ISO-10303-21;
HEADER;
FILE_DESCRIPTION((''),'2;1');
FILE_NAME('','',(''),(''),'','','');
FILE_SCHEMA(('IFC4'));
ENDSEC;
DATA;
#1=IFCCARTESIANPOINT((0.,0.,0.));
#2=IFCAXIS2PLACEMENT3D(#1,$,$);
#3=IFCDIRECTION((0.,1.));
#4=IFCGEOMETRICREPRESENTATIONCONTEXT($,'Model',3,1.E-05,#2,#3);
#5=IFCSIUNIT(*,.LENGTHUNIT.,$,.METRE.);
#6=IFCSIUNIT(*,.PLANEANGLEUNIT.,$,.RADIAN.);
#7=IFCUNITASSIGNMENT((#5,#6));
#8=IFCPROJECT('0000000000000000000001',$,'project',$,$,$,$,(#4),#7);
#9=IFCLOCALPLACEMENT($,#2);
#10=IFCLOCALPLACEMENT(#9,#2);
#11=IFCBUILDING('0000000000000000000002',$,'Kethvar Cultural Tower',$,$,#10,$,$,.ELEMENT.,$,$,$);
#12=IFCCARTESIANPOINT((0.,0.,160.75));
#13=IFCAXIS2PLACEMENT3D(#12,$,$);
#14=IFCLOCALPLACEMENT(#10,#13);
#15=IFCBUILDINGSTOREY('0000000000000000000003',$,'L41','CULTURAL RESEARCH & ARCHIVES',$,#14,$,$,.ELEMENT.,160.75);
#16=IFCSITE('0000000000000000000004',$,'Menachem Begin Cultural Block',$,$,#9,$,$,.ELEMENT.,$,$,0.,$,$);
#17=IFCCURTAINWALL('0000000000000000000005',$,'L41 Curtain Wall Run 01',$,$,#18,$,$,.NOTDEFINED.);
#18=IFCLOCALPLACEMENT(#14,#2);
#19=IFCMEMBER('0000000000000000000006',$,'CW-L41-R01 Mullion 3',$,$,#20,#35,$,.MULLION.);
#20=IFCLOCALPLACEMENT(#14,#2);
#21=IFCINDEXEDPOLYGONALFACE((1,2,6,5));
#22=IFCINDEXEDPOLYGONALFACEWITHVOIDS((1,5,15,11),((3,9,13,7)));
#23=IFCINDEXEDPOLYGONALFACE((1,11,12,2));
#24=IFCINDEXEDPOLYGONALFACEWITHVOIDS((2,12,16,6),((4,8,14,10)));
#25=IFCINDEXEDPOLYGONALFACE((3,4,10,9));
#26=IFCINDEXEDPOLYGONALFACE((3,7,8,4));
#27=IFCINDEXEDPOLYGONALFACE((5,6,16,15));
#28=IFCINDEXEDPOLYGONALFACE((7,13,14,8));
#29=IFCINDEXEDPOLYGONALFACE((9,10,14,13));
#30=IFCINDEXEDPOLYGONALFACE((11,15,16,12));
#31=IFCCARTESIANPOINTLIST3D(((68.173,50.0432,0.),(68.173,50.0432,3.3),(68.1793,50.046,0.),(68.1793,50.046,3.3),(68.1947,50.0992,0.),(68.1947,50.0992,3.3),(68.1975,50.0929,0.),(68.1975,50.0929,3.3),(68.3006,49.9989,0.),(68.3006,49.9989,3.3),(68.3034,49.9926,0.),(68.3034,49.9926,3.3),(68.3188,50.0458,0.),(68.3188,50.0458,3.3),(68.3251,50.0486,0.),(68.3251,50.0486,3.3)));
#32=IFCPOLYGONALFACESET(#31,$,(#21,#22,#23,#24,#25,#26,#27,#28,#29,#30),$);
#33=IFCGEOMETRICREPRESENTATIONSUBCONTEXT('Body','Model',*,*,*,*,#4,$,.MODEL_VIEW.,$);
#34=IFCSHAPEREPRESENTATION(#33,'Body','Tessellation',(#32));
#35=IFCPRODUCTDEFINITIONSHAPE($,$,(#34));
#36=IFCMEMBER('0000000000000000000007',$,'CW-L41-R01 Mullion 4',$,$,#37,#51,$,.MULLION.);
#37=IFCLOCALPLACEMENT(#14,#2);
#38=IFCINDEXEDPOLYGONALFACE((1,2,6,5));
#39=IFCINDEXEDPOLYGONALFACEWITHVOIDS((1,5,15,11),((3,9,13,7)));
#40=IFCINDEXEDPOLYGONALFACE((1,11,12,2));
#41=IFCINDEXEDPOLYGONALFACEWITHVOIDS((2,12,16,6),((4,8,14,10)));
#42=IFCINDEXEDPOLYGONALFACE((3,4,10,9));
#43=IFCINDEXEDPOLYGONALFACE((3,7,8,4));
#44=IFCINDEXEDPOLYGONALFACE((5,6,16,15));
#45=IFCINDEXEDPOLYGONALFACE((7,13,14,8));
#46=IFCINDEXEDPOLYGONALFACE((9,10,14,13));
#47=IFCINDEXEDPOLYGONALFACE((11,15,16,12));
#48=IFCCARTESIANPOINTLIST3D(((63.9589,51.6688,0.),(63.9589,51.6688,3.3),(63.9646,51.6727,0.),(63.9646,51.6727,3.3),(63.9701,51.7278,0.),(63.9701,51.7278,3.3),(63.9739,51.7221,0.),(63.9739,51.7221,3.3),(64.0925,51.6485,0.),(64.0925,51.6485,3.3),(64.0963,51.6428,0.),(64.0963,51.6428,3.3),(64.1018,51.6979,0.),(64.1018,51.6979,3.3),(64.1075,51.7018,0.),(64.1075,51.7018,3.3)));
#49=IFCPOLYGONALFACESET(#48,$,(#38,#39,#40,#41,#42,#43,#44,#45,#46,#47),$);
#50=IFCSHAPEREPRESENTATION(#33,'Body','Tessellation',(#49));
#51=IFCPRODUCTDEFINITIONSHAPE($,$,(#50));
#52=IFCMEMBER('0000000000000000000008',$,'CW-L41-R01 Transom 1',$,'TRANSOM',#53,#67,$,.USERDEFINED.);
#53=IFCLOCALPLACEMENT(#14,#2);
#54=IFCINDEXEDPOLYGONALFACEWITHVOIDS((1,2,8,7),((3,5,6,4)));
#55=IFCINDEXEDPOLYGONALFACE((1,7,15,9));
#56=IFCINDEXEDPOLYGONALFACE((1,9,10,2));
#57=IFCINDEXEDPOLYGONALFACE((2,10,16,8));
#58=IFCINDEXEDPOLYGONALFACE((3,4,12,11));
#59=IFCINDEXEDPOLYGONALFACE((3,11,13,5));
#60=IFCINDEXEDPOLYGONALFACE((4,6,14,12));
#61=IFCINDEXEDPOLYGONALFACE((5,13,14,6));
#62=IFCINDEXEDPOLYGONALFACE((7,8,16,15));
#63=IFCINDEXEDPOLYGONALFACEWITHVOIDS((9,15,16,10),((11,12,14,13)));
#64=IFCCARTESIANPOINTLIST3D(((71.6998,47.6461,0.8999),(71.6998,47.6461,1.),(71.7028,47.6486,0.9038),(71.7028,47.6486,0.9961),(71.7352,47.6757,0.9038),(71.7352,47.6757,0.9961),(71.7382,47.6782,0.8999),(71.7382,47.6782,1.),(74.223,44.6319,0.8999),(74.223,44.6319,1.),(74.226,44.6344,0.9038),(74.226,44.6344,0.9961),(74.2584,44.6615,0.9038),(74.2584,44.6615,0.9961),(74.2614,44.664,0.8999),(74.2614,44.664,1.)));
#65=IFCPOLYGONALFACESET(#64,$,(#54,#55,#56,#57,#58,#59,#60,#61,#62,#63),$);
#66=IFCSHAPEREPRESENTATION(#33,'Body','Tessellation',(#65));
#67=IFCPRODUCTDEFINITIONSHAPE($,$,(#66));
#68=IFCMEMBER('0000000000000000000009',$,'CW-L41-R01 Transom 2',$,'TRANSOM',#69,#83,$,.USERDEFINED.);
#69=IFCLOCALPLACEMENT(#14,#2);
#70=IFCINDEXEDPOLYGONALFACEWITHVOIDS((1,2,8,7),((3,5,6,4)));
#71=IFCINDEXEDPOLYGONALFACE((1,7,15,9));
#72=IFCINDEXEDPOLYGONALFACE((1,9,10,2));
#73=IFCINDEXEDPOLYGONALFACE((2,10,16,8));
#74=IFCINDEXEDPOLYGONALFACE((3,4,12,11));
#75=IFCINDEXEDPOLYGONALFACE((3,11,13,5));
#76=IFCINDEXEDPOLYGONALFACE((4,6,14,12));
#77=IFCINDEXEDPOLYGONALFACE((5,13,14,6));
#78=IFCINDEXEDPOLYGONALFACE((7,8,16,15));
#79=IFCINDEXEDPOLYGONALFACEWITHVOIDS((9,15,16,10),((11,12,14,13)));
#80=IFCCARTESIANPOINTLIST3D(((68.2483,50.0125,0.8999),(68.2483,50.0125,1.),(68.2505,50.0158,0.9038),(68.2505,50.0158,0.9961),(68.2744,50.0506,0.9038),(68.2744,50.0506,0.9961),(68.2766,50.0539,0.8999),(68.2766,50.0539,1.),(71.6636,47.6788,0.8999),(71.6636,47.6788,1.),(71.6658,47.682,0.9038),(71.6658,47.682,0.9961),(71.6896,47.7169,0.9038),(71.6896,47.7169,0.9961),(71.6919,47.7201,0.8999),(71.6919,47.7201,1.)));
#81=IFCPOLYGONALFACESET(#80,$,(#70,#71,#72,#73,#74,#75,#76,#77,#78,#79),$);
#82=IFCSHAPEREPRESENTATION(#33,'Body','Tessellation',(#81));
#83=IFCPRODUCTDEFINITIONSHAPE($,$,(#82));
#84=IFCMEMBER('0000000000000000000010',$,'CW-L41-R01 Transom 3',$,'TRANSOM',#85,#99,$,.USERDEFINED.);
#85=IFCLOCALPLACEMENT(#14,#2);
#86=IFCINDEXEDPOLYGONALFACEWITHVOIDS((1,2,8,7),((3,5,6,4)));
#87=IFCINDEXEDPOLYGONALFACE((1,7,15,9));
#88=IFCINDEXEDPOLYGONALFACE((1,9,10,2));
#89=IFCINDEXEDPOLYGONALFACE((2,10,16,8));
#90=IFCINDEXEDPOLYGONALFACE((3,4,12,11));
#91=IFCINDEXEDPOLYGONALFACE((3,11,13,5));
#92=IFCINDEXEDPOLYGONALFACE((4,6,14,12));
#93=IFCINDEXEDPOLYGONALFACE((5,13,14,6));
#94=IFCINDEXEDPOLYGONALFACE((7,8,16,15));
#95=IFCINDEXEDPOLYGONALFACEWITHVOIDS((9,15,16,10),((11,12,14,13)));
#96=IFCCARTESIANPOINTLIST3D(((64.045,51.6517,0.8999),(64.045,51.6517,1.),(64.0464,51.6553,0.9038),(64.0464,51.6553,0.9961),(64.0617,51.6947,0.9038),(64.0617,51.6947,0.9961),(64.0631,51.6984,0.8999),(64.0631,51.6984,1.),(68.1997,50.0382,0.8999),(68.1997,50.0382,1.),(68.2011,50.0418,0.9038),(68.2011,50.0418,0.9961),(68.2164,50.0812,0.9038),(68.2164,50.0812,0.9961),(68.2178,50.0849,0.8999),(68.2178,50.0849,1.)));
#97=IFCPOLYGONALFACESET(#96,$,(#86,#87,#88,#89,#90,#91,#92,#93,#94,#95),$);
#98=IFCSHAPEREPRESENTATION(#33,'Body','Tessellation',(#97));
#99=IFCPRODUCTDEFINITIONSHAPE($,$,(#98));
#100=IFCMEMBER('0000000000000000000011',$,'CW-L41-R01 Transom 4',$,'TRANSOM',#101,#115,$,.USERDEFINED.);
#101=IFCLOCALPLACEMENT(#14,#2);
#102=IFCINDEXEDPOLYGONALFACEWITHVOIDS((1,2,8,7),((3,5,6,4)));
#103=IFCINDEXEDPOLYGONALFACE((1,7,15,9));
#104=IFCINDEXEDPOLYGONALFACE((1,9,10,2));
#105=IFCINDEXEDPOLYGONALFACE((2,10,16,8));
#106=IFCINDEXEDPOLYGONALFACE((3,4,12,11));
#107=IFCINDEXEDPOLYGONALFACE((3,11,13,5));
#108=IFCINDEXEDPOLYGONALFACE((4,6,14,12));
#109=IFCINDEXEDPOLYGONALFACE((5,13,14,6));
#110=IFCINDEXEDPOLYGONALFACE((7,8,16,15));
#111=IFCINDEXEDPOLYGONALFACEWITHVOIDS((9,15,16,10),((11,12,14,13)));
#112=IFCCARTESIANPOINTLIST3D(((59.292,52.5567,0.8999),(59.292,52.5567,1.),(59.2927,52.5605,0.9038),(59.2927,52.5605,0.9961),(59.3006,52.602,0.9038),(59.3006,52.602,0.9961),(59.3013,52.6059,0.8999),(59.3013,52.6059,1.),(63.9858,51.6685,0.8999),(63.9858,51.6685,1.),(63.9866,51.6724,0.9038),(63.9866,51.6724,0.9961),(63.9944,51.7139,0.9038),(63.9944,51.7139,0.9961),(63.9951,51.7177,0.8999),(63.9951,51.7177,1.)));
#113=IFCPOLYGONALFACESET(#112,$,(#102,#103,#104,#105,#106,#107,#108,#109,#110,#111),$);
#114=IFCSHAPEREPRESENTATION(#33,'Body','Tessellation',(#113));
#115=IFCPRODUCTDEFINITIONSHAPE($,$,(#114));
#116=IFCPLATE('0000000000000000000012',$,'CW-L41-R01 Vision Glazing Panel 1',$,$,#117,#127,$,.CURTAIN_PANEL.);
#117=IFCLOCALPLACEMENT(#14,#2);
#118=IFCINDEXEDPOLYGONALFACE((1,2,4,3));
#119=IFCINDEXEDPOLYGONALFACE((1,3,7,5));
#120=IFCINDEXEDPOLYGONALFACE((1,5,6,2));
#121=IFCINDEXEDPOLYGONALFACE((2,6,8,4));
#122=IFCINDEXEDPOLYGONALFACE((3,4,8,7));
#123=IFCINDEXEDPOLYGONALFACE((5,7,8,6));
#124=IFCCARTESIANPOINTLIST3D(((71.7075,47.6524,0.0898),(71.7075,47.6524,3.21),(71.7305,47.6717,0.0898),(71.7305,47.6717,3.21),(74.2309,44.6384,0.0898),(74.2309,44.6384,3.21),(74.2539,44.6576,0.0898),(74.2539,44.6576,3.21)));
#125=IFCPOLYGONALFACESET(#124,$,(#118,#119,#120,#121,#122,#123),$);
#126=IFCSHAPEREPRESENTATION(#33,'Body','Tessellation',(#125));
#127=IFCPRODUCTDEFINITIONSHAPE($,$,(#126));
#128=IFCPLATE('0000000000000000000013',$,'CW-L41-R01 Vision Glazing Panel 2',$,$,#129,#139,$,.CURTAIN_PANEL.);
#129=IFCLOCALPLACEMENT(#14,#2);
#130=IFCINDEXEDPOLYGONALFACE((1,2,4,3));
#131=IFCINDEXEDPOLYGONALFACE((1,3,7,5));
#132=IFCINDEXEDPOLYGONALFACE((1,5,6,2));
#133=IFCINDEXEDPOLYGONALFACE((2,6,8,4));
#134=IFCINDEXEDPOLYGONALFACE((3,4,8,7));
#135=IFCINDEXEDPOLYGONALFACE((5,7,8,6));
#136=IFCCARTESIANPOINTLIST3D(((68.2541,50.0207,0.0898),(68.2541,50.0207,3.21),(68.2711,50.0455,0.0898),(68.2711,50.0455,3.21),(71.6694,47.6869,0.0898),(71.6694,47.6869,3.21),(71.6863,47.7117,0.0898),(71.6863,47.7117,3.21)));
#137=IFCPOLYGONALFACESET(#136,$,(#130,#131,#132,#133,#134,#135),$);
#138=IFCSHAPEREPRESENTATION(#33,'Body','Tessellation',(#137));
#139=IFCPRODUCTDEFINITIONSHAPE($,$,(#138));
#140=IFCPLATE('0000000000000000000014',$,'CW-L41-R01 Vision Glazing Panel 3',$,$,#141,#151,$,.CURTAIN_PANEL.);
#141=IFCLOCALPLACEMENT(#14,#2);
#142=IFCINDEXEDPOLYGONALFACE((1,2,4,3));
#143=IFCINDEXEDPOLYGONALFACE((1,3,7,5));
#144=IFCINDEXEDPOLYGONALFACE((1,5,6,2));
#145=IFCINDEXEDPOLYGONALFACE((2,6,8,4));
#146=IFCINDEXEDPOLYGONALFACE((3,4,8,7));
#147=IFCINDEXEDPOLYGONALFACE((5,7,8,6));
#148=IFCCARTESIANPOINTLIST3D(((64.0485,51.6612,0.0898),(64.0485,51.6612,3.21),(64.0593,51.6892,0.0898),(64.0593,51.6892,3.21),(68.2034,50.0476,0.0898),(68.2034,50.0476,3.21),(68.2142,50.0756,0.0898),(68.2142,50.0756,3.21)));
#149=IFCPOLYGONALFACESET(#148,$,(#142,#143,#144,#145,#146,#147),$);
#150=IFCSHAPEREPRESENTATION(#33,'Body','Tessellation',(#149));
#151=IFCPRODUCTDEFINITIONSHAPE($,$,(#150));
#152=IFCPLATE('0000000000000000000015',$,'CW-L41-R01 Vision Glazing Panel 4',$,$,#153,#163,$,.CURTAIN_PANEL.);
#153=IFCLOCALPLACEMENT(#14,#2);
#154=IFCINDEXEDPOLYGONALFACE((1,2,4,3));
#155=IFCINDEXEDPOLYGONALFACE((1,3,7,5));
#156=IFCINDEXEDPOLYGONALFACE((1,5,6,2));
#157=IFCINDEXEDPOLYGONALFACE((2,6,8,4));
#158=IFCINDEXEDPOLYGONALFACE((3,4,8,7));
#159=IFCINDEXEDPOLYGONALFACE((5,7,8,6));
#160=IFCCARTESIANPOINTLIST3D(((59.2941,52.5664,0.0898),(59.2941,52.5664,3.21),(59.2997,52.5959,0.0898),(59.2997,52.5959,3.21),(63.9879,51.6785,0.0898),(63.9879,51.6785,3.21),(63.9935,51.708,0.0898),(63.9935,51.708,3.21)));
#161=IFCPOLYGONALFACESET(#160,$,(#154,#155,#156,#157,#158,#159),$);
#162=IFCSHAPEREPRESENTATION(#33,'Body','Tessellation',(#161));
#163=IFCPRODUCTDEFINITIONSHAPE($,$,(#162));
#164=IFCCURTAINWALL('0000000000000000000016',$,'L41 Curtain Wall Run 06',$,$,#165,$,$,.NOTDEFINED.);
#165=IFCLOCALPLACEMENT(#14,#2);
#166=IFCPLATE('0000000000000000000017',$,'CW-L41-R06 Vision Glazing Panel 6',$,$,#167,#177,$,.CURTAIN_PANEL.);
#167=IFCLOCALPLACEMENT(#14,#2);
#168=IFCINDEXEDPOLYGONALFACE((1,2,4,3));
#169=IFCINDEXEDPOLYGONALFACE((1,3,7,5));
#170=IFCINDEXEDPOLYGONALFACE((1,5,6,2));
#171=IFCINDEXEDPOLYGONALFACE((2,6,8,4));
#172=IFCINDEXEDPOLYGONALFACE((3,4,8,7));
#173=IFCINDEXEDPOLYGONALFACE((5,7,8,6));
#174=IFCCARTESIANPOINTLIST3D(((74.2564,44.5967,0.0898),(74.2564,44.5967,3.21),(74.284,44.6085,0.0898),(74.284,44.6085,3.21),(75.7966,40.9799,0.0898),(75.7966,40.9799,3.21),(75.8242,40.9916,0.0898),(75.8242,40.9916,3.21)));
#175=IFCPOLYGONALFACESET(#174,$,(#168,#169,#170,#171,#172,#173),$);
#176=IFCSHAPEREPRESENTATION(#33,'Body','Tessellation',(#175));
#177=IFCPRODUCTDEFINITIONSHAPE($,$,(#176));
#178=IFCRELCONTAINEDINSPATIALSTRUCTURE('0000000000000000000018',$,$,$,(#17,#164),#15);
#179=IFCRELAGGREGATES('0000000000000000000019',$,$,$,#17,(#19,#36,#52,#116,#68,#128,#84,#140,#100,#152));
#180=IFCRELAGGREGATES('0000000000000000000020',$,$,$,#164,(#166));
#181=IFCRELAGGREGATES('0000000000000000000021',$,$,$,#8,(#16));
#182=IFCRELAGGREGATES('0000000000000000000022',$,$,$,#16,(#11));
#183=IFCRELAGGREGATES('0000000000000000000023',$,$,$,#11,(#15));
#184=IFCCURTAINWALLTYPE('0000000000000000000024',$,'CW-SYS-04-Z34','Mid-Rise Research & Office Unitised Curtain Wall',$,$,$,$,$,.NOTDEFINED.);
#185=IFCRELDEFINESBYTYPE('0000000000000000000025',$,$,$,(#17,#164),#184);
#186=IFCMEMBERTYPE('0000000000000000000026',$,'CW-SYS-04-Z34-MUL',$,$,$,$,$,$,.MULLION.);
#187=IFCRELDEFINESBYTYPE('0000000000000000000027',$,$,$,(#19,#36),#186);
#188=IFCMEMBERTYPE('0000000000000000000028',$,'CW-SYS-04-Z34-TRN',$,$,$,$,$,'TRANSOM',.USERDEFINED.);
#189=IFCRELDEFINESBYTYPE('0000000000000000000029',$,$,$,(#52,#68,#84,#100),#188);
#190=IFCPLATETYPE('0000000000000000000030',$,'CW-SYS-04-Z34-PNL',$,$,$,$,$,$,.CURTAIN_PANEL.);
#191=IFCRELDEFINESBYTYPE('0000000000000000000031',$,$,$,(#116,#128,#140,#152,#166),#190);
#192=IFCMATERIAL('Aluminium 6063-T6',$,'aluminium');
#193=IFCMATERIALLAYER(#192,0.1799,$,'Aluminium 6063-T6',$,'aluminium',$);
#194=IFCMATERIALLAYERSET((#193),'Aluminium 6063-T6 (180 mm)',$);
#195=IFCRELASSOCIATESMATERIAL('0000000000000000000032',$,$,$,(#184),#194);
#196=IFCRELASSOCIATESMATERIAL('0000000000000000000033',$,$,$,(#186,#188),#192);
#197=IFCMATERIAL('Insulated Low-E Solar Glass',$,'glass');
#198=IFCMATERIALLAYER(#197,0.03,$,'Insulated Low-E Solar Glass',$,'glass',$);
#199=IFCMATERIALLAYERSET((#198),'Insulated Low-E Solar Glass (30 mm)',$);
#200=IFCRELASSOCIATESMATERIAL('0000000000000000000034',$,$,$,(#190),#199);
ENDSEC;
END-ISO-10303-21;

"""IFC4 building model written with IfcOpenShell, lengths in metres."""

from ifc_helpers import new_model, si_unit, direction, frame, origin, origin_2d, place, context, subcontext, project, spatial, rectangle, hollow_rectangle, extrude, source, transform, mapped, material, layer, layer_set, material_profile, profile_set, type_object, element, aggregate, save


model = new_model("IFC4")

# Units and contexts
model_context = context("Model", 3, precision=1e-05, world=origin(), true_north=direction((0.0, 1.0)))
body_context = subcontext(model_context, "Body", "Model", "MODEL_VIEW")
ifc_project = project(units=[si_unit("LENGTHUNIT", "METRE"), si_unit("PLANEANGLEUNIT", "RADIAN")], contexts=[model_context])

# Site, building, storey
site_placement = place(None, origin())
site = spatial("IfcSite", under=ifc_project, at=site_placement, Name="Menachem Begin Cultural Block", CompositionType="ELEMENT", RefElevation=0.0)
building_placement = place(site_placement, origin())
building = spatial("IfcBuilding", under=site, at=building_placement, Name="Kethvar Cultural Tower", CompositionType="ELEMENT")
storey_placement = place(building_placement, frame((0.0, 0.0, 160.75)))
storey = spatial("IfcBuildingStorey", under=building, at=storey_placement, Name="L41", Description="CULTURAL RESEARCH & ARCHIVES", CompositionType="ELEMENT", Elevation=160.75)

# Curtain wall, members, plates
ifc_material_1 = material(Name="Aluminium 6063-T6", Category="aluminium")
ifc_layer_1 = layer(ifc_material_1, 0.1799, Name="Aluminium 6063-T6", Category="aluminium")
ifc_layer_set_1 = layer_set([ifc_layer_1], Name="Aluminium 6063-T6 (180 mm)")
curtain_wall_type = type_object("IfcCurtainWallType", Name="CW-SYS-04-Z34", Description="Mid-Rise Research & Office Unitised Curtain Wall", PredefinedType="NOTDEFINED", material=ifc_layer_set_1)
curtain_wall_1_placement = place(storey_placement, origin())
curtain_wall_1 = element("IfcCurtainWall", 1, at=curtain_wall_1_placement, inside=storey, type_object=curtain_wall_type, Name="L41 Curtain Wall Run 01", PredefinedType="NOTDEFINED")
ifc_material_profile_1 = material_profile(ifc_material_1, hollow_rectangle(XDim=0.0601, YDim=0.1399, WallThickness=0.0049, at=origin_2d()), Name="Aluminium 6063-T6 — RHS140x60x5")
ifc_profile_set_1 = profile_set([ifc_material_profile_1], Name="Aluminium 6063-T6 — RHS140x60x5")
member_type_1 = type_object("IfcMemberType", Name="CW-SYS-04-Z34-MUL", PredefinedType="MULLION", material=ifc_profile_set_1)
shared_shape_1 = source(origin(), body_context, "Body", "SweptSolid", [
    extrude(hollow_rectangle(XDim=0.0601, YDim=0.1399, WallThickness=0.0049, at=origin_2d()), origin(), (0.0, 0.0, 1.0), 3.3),
])
member_1_placement = place(storey_placement, frame((68.249, 50.0459, 0.0), z_axis=(0.0, 0.0, 1.0), x_axis=(-0.362031, -0.932166, 0.0)))
member_1 = element("IfcMember", 2, at=member_1_placement, type_object=member_type_1, Name="CW-L41-R01 Mullion 3", PredefinedType="MULLION", context=body_context, shape_type="MappedRepresentation", body=[
    mapped(shared_shape_1, transform((0.0, 0.0, 0.0), scale=1.0)),
])
member_2_placement = place(storey_placement, frame((64.0332, 51.6853, 0.0), z_axis=(0.0, 0.0, 1.0), x_axis=(-0.185872, -0.982574, 0.0)))
member_2 = element("IfcMember", 3, at=member_2_placement, type_object=member_type_1, Name="CW-L41-R01 Mullion 4", PredefinedType="MULLION", context=body_context, shape_type="MappedRepresentation", body=[
    mapped(shared_shape_1, transform((0.0, 0.0, 0.0), scale=1.0)),
])
ifc_material_profile_2 = material_profile(ifc_material_1, hollow_rectangle(XDim=0.05, YDim=0.1001, WallThickness=0.0039, at=origin_2d()), Name="Aluminium 6063-T6 — RHS100x50x4")
ifc_profile_set_2 = profile_set([ifc_material_profile_2], Name="Aluminium 6063-T6 — RHS100x50x4")
member_type_2 = type_object("IfcMemberType", Name="CW-SYS-04-Z34-TRN", ElementType="TRANSOM", PredefinedType="USERDEFINED", material=ifc_profile_set_2)
shared_shape_2 = source(origin(), body_context, "Body", "SweptSolid", [
    extrude(hollow_rectangle(XDim=0.05, YDim=0.1001, WallThickness=0.0039, at=origin_2d()), origin(), (0.0, 0.0, 1.0), 3.9309),
])
member_3_placement = place(storey_placement, frame((74.2422, 44.6479, 0.95), z_axis=(-0.641893, 0.766794, 0.0), x_axis=(-0.766794, -0.641893, 0.0)))
member_3 = element("IfcMember", 4, at=member_3_placement, type_object=member_type_2, Name="CW-L41-R01 Transom 1", ObjectType="TRANSOM", PredefinedType="USERDEFINED", context=body_context, shape_type="MappedRepresentation", body=[
    mapped(shared_shape_2, transform((0.0, 0.0, 0.0), scale=1.0)),
])
shared_shape_3 = source(origin(), body_context, "Body", "SweptSolid", [
    extrude(hollow_rectangle(XDim=0.05, YDim=0.1001, WallThickness=0.0039, at=origin_2d()), origin(), (0.0, 0.0, 1.0), 4.1365),
])
member_4_placement = place(storey_placement, frame((71.6777, 47.6995, 0.95), z_axis=(-0.825649, 0.564184, 0.0), x_axis=(-0.564184, -0.825649, 0.0)))
member_4 = element("IfcMember", 5, at=member_4_placement, type_object=member_type_2, Name="CW-L41-R01 Transom 2", ObjectType="TRANSOM", PredefinedType="USERDEFINED", context=body_context, shape_type="MappedRepresentation", body=[
    mapped(shared_shape_3, transform((0.0, 0.0, 0.0), scale=1.0)),
])
shared_shape_4 = source(origin(), body_context, "Body", "SweptSolid", [
    extrude(hollow_rectangle(XDim=0.05, YDim=0.1001, WallThickness=0.0039, at=origin_2d()), origin(), (0.0, 0.0, 1.0), 4.457),
])
member_5_placement = place(storey_placement, frame((68.2087, 50.0615, 0.95), z_axis=(-0.932173, 0.362013, 0.0), x_axis=(-0.362013, -0.932173, 0.0)))
member_5 = element("IfcMember", 6, at=member_5_placement, type_object=member_type_2, Name="CW-L41-R01 Transom 3", ObjectType="TRANSOM", PredefinedType="USERDEFINED", context=body_context, shape_type="MappedRepresentation", body=[
    mapped(shared_shape_4, transform((0.0, 0.0, 0.0), scale=1.0)),
])
shared_shape_5 = source(origin(), body_context, "Body", "SweptSolid", [
    extrude(hollow_rectangle(XDim=0.05, YDim=0.1001, WallThickness=0.0039, at=origin_2d()), origin(), (0.0, 0.0, 1.0), 4.7771),
])
member_6_placement = place(storey_placement, frame((63.9905, 51.6931, 0.95), z_axis=(-0.982564, 0.185924, 0.0), x_axis=(-0.185924, -0.982564, 0.0)))
member_6 = element("IfcMember", 7, at=member_6_placement, type_object=member_type_2, Name="CW-L41-R01 Transom 4", ObjectType="TRANSOM", PredefinedType="USERDEFINED", context=body_context, shape_type="MappedRepresentation", body=[
    mapped(shared_shape_5, transform((0.0, 0.0, 0.0), scale=1.0)),
])
ifc_material_2 = material(Name="Insulated Low-E Solar Glass", Category="glass")
ifc_layer_2 = layer(ifc_material_2, 0.03, Name="Insulated Low-E Solar Glass", Category="glass")
ifc_layer_set_2 = layer_set([ifc_layer_2], Name="Insulated Low-E Solar Glass (30 mm)")
plate_type = type_object("IfcPlateType", Name="CW-SYS-04-Z34-PNL", PredefinedType="CURTAIN_PANEL", material=ifc_layer_set_2)
shared_shape_6 = source(origin(), body_context, "Body", "SweptSolid", [
    extrude(rectangle(XDim=3.9309, YDim=0.03, at=origin_2d()), origin(), (0.0, 0.0, 1.0), 3.1201),
])
plate_1_placement = place(storey_placement, frame((72.9807, 46.155, 0.0898), z_axis=(0.0, 0.0, 1.0), x_axis=(-0.641932, 0.766762, 0.0)))
plate_1 = element("IfcPlate", 8, at=plate_1_placement, type_object=plate_type, Name="CW-L41-R01 Vision Glazing Panel 1", PredefinedType="CURTAIN_PANEL", context=body_context, shape_type="MappedRepresentation", body=[
    mapped(shared_shape_6, transform((0.0, 0.0, 0.0), scale=1.0)),
])
shared_shape_7 = source(origin(), body_context, "Body", "SweptSolid", [
    extrude(rectangle(XDim=4.1365, YDim=0.03, at=origin_2d()), origin(), (0.0, 0.0, 1.0), 3.1201),
])
plate_2_placement = place(storey_placement, frame((69.9702, 48.8662, 0.0898), z_axis=(0.0, 0.0, 1.0), x_axis=(-0.825636, 0.564204, 0.0)))
plate_2 = element("IfcPlate", 9, at=plate_2_placement, type_object=plate_type, Name="CW-L41-R01 Vision Glazing Panel 2", PredefinedType="CURTAIN_PANEL", context=body_context, shape_type="MappedRepresentation", body=[
    mapped(shared_shape_7, transform((0.0, 0.0, 0.0), scale=1.0)),
])
shared_shape_8 = source(origin(), body_context, "Body", "SweptSolid", [
    extrude(rectangle(XDim=4.4573, YDim=0.03, at=origin_2d()), origin(), (0.0, 0.0, 1.0), 3.1201),
])
plate_3_placement = place(storey_placement, frame((66.1313, 50.8684, 0.0898), z_axis=(0.0, 0.0, 1.0), x_axis=(-0.932166, 0.362031, 0.0)))
plate_3 = element("IfcPlate", 10, at=plate_3_placement, type_object=plate_type, Name="CW-L41-R01 Vision Glazing Panel 3", PredefinedType="CURTAIN_PANEL", context=body_context, shape_type="MappedRepresentation", body=[
    mapped(shared_shape_8, transform((0.0, 0.0, 0.0), scale=1.0)),
])
shared_shape_9 = source(origin(), body_context, "Body", "SweptSolid", [
    extrude(rectangle(XDim=4.7771, YDim=0.03, at=origin_2d()), origin(), (0.0, 0.0, 1.0), 3.1201),
])
plate_4_placement = place(storey_placement, frame((61.6438, 52.1372, 0.0898), z_axis=(0.0, 0.0, 1.0), x_axis=(-0.982574, 0.185872, 0.0)))
plate_4 = element("IfcPlate", 11, at=plate_4_placement, type_object=plate_type, Name="CW-L41-R01 Vision Glazing Panel 4", PredefinedType="CURTAIN_PANEL", context=body_context, shape_type="MappedRepresentation", body=[
    mapped(shared_shape_9, transform((0.0, 0.0, 0.0), scale=1.0)),
])
aggregate(curtain_wall_1, [member_1, member_2, member_3, plate_1, member_4, plate_2, member_5, plate_3, member_6, plate_4])

# Curtain wall, plate
curtain_wall_2_placement = place(storey_placement, origin())
curtain_wall_2 = element("IfcCurtainWall", 12, at=curtain_wall_2_placement, inside=storey, type_object=curtain_wall_type, Name="L41 Curtain Wall Run 06", PredefinedType="NOTDEFINED")
shared_shape_10 = source(origin(), body_context, "Body", "SweptSolid", [
    extrude(rectangle(XDim=3.9312, YDim=0.03, at=origin_2d()), origin(), (0.0, 0.0, 1.0), 3.1201),
])
plate_5_placement = place(storey_placement, frame((75.0403, 42.7942, 0.0898), z_axis=(0.0, 0.0, 1.0), x_axis=(-0.391791, 0.920054, 0.0)))
plate_5 = element("IfcPlate", 13, at=plate_5_placement, type_object=plate_type, Name="CW-L41-R06 Vision Glazing Panel 6", PredefinedType="CURTAIN_PANEL", context=body_context, shape_type="MappedRepresentation", body=[
    mapped(shared_shape_10, transform((0.0, 0.0, 0.0), scale=1.0)),
])
aggregate(curtain_wall_2, [plate_5])

save(model, "model.ifc")
